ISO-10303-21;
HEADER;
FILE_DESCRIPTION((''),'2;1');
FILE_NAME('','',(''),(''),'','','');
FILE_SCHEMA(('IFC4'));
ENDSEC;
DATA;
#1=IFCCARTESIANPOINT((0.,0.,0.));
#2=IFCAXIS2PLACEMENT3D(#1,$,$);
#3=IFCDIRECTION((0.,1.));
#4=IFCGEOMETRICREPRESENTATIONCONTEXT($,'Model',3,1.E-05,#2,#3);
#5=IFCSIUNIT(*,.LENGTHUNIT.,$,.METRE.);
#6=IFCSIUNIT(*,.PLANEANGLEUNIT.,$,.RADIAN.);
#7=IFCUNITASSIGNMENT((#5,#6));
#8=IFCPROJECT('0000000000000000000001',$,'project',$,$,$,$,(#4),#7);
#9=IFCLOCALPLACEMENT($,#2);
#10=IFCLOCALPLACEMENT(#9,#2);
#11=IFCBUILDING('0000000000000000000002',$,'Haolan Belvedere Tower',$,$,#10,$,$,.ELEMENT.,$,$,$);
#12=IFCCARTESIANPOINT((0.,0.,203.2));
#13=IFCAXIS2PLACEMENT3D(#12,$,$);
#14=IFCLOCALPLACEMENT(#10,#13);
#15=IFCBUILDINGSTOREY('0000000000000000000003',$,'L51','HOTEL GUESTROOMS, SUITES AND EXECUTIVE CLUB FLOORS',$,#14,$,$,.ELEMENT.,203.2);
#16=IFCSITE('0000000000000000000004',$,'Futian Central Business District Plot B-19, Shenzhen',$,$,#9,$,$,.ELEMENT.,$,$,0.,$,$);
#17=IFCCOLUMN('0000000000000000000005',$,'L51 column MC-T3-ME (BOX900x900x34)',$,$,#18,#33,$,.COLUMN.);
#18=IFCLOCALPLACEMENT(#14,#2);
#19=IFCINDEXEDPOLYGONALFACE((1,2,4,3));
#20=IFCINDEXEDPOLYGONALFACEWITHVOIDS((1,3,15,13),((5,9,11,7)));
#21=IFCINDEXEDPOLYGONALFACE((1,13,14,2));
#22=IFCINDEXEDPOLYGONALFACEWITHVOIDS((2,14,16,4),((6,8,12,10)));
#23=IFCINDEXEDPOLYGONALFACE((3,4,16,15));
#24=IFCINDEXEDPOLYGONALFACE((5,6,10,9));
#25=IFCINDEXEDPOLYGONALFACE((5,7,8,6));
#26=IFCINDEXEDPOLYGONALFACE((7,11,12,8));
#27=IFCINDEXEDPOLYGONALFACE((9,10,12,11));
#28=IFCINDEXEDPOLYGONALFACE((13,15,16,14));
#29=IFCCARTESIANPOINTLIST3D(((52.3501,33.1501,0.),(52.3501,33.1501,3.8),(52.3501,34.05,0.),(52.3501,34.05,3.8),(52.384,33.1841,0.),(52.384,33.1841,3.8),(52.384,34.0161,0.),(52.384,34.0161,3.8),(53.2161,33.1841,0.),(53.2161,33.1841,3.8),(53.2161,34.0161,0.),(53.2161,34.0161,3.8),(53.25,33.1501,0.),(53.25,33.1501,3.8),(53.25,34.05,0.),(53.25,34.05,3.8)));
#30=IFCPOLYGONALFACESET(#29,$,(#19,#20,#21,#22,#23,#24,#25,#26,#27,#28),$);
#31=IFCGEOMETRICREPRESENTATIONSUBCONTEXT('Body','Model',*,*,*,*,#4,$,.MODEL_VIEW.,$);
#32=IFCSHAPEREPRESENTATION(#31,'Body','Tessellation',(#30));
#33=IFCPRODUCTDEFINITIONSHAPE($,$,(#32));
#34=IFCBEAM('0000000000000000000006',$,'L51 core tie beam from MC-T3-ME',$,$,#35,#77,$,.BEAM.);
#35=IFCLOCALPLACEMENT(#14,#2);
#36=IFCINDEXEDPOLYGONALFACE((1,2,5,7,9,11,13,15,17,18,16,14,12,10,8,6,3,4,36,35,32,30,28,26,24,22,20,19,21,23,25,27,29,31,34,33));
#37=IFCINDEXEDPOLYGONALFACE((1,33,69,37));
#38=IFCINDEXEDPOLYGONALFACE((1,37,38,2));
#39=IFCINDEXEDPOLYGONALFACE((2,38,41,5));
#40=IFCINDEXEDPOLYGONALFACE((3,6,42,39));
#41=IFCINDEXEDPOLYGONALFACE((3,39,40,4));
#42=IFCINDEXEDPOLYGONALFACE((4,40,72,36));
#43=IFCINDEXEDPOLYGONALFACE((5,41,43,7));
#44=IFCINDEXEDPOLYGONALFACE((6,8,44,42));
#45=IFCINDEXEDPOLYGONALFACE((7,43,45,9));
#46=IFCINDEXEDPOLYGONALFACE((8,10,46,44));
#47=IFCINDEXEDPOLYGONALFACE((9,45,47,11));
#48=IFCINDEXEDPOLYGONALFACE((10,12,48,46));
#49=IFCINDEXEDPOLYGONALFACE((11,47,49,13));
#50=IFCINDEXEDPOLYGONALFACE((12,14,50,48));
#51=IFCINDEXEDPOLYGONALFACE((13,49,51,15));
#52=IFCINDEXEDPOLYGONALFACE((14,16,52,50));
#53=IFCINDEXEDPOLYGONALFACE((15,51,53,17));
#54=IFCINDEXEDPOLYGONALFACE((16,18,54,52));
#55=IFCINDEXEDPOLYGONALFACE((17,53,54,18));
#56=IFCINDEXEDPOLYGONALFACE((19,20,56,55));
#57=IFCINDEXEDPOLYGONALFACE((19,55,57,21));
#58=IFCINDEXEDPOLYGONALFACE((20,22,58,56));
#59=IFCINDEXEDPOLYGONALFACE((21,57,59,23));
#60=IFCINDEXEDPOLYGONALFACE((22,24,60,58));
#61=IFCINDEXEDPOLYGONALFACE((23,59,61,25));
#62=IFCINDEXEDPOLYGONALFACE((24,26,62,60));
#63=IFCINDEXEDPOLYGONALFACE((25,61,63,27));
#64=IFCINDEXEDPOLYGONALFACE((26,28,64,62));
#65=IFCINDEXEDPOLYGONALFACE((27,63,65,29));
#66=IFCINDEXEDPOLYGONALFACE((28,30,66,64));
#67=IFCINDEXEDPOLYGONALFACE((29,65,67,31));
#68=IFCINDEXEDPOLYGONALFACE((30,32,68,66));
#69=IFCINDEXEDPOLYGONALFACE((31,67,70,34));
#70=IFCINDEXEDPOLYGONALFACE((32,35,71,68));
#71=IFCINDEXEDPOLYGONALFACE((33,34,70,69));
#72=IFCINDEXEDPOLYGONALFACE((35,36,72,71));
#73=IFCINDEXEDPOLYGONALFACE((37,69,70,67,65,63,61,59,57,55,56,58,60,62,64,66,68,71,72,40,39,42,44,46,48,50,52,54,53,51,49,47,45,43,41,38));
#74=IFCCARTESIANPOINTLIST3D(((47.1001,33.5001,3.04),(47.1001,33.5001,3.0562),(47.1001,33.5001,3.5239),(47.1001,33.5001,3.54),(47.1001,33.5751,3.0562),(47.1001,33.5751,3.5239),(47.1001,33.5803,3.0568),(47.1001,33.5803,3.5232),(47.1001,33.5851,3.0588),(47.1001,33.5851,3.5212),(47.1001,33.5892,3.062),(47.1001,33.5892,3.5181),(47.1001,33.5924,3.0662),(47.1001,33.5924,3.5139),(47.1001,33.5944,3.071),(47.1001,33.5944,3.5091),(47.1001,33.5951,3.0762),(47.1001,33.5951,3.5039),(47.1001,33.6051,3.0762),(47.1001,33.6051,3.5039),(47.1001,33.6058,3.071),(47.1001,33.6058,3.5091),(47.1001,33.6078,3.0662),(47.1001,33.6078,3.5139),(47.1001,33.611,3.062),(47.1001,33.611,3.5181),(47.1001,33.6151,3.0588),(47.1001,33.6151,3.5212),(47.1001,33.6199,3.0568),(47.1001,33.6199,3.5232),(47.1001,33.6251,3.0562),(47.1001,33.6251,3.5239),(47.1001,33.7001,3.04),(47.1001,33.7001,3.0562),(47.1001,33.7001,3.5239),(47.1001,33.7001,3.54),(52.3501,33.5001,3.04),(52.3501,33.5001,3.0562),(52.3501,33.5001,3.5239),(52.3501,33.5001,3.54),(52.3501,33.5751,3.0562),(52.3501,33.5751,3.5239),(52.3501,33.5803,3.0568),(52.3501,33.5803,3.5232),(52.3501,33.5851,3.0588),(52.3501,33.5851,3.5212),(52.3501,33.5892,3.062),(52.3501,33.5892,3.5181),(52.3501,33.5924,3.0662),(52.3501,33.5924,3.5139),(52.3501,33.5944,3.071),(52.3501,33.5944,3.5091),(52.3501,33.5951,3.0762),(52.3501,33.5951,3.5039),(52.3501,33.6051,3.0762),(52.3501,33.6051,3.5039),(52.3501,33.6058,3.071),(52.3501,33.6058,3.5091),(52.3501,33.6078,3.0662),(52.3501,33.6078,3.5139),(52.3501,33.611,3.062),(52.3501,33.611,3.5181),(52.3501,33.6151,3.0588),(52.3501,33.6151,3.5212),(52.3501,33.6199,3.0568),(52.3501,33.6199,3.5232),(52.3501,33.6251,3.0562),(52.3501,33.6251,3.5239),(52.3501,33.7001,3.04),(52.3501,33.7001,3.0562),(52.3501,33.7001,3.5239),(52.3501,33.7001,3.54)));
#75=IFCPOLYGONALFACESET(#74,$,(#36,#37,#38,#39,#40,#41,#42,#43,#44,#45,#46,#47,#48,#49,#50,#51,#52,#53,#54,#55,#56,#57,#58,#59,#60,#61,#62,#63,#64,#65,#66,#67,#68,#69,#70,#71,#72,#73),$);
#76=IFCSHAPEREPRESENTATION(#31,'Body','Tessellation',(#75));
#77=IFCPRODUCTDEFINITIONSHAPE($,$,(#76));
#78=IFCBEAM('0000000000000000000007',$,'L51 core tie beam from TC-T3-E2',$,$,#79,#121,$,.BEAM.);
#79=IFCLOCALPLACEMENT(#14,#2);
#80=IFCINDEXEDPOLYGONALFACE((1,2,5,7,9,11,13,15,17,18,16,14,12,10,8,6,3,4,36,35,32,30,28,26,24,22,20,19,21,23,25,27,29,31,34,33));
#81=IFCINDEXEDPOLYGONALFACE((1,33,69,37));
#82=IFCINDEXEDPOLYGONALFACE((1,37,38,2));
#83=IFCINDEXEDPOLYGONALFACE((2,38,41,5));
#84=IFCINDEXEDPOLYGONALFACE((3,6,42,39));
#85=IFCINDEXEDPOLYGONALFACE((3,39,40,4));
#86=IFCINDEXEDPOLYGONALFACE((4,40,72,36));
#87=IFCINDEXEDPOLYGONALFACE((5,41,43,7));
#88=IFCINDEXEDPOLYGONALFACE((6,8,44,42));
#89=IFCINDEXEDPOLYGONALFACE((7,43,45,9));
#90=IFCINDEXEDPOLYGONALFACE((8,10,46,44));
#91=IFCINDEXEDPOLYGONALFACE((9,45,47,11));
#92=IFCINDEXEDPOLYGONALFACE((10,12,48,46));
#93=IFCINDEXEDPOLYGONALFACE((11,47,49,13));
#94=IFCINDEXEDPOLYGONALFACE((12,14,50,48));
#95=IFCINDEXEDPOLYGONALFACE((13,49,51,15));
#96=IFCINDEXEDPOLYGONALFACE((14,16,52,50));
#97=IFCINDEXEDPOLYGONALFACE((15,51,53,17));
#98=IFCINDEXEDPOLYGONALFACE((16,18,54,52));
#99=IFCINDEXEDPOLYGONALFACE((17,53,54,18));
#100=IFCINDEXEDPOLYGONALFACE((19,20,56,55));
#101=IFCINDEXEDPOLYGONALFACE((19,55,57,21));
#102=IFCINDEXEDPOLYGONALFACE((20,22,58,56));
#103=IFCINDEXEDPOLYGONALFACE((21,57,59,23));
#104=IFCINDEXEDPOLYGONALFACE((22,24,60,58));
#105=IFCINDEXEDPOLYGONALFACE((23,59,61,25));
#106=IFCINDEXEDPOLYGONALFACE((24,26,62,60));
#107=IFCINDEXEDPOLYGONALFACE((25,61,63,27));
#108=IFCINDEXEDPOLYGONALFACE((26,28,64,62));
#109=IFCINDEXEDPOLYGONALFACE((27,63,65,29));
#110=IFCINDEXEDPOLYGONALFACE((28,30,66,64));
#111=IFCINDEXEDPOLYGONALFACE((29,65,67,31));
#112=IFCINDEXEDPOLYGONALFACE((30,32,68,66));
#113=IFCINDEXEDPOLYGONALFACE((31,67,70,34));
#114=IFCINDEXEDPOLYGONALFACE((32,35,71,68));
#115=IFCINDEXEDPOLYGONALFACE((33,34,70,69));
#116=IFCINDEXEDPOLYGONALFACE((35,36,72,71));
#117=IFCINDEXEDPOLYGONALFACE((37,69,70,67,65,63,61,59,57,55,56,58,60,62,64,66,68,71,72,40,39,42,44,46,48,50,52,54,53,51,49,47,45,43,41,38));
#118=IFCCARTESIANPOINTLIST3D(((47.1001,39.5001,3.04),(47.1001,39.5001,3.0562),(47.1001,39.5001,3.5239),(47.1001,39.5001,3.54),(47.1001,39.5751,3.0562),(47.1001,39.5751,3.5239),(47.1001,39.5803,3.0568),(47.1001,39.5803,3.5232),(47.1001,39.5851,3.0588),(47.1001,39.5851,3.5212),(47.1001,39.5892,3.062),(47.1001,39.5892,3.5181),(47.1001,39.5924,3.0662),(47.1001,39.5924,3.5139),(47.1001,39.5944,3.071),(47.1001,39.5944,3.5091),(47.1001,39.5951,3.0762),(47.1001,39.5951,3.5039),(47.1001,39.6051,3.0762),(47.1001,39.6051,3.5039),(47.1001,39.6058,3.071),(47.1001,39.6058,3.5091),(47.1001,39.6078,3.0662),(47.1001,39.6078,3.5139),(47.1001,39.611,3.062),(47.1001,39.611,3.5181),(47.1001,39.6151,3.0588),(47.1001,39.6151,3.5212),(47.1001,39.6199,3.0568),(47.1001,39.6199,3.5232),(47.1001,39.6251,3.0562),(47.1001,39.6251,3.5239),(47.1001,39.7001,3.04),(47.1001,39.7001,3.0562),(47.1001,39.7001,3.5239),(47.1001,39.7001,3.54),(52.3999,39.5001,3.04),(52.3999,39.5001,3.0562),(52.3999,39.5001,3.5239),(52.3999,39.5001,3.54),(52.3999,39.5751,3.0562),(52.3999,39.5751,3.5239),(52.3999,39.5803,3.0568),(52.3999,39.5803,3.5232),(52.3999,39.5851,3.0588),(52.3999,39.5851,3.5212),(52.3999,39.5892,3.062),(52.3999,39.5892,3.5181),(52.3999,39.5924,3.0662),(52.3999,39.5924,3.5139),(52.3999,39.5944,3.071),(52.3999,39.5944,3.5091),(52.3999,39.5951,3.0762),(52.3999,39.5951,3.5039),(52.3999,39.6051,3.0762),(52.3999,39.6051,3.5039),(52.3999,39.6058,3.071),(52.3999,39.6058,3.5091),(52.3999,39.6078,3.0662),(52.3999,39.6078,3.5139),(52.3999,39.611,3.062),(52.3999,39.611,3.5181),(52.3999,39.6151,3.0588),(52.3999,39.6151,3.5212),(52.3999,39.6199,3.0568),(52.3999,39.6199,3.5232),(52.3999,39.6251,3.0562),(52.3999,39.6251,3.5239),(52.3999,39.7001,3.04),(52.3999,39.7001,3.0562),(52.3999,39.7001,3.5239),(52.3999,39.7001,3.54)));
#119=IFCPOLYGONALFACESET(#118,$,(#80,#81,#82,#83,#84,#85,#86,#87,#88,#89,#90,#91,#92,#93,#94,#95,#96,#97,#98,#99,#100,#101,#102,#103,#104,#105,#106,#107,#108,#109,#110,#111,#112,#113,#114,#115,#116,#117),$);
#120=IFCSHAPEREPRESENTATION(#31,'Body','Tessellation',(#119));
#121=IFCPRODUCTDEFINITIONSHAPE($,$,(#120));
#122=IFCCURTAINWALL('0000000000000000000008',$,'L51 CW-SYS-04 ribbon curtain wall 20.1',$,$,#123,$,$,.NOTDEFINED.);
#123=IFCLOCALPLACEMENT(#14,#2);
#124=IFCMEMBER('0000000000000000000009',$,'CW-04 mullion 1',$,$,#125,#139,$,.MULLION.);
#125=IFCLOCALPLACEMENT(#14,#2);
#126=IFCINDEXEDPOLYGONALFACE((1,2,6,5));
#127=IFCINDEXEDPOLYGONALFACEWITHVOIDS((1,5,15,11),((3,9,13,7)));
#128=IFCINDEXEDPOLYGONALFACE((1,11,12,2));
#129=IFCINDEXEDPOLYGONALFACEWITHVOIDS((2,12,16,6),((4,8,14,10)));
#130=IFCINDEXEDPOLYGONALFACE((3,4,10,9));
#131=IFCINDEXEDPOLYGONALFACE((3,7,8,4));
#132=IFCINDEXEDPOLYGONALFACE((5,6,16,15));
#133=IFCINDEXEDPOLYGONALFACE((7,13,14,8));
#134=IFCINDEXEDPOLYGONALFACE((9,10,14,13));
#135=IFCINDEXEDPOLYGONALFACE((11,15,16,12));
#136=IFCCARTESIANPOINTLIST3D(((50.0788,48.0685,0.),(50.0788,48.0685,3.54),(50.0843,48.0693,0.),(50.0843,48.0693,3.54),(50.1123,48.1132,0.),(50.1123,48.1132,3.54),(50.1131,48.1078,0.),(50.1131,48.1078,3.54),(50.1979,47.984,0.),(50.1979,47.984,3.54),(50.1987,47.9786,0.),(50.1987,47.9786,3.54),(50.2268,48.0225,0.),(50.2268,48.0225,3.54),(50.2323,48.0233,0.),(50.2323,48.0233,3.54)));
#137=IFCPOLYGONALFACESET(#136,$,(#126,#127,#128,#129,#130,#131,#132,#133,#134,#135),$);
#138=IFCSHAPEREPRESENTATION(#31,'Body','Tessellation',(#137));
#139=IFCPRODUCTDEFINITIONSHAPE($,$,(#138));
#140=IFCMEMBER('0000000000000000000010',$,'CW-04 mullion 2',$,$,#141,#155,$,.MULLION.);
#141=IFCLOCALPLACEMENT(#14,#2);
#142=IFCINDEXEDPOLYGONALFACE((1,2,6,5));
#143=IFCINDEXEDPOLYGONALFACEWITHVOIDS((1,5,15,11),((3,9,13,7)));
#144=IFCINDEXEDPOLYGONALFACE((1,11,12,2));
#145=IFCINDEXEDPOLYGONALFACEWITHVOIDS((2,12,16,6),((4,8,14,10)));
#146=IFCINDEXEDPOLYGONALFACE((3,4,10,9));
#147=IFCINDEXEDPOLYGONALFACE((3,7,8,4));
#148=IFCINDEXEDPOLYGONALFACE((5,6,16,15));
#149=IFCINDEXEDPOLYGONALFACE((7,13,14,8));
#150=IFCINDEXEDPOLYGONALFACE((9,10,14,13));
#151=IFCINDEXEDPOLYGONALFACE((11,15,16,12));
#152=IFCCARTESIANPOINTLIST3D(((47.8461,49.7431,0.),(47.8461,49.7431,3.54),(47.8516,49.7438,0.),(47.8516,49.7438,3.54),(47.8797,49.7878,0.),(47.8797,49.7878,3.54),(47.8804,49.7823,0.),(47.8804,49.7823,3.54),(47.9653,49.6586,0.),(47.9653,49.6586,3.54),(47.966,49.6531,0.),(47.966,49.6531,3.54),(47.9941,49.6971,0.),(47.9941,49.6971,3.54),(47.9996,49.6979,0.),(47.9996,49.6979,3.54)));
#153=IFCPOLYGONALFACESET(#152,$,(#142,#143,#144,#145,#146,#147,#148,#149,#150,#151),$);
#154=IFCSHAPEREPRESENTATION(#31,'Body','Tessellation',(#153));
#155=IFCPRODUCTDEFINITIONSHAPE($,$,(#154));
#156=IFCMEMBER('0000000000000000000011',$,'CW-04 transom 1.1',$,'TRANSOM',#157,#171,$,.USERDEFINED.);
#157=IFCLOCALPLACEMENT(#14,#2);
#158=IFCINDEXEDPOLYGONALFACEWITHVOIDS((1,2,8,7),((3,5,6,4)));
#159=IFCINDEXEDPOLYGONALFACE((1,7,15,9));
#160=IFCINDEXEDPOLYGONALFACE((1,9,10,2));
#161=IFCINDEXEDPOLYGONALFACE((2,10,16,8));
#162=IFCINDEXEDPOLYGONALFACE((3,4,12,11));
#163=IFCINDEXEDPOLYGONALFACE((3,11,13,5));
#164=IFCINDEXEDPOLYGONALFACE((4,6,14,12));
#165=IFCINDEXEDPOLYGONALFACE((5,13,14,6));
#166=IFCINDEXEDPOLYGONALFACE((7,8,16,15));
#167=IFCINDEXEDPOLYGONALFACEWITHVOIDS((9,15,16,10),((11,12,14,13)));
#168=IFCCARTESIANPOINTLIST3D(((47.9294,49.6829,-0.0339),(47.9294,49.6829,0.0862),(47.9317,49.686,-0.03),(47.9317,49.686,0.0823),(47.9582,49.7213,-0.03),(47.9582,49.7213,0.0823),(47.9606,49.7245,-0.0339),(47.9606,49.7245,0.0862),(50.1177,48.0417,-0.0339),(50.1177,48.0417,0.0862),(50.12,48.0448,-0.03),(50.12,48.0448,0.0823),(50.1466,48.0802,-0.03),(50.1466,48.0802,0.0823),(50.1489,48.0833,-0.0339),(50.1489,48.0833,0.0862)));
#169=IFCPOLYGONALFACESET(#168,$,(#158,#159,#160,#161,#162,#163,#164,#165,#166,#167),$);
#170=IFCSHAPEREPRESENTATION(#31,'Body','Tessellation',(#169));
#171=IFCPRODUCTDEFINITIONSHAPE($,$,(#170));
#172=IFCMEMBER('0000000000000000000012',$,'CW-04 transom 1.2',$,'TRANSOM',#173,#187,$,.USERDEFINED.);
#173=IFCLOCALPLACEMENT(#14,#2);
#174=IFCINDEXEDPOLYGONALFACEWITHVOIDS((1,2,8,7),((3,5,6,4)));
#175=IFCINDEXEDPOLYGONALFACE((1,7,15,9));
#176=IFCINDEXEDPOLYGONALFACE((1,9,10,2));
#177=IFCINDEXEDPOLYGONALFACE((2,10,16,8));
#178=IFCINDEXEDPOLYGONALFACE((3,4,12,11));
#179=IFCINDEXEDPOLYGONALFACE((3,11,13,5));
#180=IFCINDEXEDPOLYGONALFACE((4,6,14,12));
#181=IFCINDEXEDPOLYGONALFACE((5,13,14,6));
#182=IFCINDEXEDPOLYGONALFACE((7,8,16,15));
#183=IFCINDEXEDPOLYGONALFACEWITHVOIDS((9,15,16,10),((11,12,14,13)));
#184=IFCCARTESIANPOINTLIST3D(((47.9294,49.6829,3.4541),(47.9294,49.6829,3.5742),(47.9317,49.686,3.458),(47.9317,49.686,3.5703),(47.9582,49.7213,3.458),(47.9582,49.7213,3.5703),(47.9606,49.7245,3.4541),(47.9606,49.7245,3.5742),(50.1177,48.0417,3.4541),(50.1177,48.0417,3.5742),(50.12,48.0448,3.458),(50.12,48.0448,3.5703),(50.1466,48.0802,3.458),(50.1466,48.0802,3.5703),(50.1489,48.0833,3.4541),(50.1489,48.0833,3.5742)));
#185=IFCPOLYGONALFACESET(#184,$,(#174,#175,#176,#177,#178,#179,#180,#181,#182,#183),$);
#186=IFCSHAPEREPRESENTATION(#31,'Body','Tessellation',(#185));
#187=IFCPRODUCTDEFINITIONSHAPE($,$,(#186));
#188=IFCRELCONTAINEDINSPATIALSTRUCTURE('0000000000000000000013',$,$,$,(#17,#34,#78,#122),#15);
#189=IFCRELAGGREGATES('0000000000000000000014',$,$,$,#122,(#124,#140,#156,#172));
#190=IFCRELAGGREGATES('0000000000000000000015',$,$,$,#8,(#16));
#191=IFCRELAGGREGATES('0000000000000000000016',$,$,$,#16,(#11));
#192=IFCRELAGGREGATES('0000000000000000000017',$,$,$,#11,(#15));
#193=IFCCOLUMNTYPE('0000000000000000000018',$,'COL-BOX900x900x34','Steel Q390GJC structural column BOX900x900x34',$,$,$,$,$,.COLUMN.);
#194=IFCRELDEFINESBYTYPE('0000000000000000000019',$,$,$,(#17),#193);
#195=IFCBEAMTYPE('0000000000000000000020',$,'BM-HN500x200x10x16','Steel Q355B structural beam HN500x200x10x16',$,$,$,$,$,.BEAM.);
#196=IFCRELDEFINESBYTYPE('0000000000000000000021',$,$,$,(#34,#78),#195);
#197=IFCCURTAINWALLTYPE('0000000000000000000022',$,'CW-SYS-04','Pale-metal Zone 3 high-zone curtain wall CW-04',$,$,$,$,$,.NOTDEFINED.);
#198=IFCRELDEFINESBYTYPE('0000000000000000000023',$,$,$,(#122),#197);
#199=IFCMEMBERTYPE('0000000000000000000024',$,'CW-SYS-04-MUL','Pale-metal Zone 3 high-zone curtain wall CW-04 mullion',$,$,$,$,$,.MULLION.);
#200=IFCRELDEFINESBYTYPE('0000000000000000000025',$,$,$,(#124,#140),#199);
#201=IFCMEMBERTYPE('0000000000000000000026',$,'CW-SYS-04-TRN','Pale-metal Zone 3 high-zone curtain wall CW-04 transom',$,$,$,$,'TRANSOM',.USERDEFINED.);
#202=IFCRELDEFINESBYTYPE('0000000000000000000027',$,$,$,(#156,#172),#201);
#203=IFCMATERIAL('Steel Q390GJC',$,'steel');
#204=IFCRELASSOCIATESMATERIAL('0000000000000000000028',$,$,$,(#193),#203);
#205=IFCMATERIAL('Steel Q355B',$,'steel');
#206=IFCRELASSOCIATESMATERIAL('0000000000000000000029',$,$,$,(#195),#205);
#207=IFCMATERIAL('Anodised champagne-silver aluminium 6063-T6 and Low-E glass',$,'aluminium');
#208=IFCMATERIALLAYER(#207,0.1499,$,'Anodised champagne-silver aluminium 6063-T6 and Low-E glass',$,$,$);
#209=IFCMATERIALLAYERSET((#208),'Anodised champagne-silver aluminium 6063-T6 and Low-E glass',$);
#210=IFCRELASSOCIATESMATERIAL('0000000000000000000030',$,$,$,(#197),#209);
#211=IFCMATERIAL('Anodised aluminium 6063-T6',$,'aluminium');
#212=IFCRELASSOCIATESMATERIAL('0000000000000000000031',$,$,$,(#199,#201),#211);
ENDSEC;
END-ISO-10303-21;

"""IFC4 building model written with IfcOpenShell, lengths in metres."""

from ifc_helpers import new_model, si_unit, direction, frame, origin, origin_2d, place, context, subcontext, project, spatial, hollow_rectangle, i_section, extrude, material, layer, layer_set, material_profile, profile_set, type_object, element, aggregate, save


model = new_model("IFC4")

# Units and contexts
model_context = context("Model", 3, precision=1e-05, world=origin(), true_north=direction((0.0, 1.0)))
body_context = subcontext(model_context, "Body", "Model", "MODEL_VIEW")
ifc_project = project(units=[si_unit("LENGTHUNIT", "METRE"), si_unit("PLANEANGLEUNIT", "RADIAN")], contexts=[model_context])

# Site, building, storey
site_placement = place(None, origin())
site = spatial("IfcSite", under=ifc_project, at=site_placement, Name="Futian Central Business District Plot B-19, Shenzhen", CompositionType="ELEMENT", RefElevation=0.0)
building_placement = place(site_placement, origin())
building = spatial("IfcBuilding", under=site, at=building_placement, Name="Haolan Belvedere Tower", CompositionType="ELEMENT")
storey_placement = place(building_placement, frame((0.0, 0.0, 203.2)))
storey = spatial("IfcBuildingStorey", under=building, at=storey_placement, Name="L51", Description="HOTEL GUESTROOMS, SUITES AND EXECUTIVE CLUB FLOORS", CompositionType="ELEMENT", Elevation=203.2)

# Column
ifc_material_1 = material(Name="Steel Q390GJC", Category="steel")
ifc_material_profile_1 = material_profile(ifc_material_1, hollow_rectangle(XDim=0.8999, YDim=0.8999, WallThickness=0.0339, at=origin_2d()), Name="Steel Q390GJC")
ifc_profile_set_1 = profile_set([ifc_material_profile_1], Name="Steel Q390GJC")
column_type = type_object("IfcColumnType", Name="COL-BOX900x900x34", Description="Steel Q390GJC structural column BOX900x900x34", PredefinedType="COLUMN", material=ifc_profile_set_1)
column_placement = place(storey_placement, frame((52.8, 33.6001, 0.0), z_axis=(0.0, 0.0, 1.0), x_axis=(1.0, 0.0, 0.0)))
element("IfcColumn", 1, at=column_placement, inside=storey, type_object=column_type, Name="L51 column MC-T3-ME (BOX900x900x34)", PredefinedType="COLUMN", context=body_context, shape_type="SweptSolid", body=[
    extrude(hollow_rectangle(XDim=0.8999, YDim=0.8999, WallThickness=0.0339, at=origin_2d()), origin(), (0.0, 0.0, 1.0), 3.8),
])

# Beams
ifc_material_2 = material(Name="Steel Q355B", Category="steel")
ifc_material_profile_2 = material_profile(ifc_material_2, i_section(OverallWidth=0.2, OverallDepth=0.5, WebThickness=0.01, FlangeThickness=0.0161, FilletRadius=0.02, at=origin_2d()), Name="Steel Q355B")
ifc_profile_set_2 = profile_set([ifc_material_profile_2], Name="Steel Q355B")
beam_type = type_object("IfcBeamType", Name="BM-HN500x200x10x16", Description="Steel Q355B structural beam HN500x200x10x16", PredefinedType="BEAM", material=ifc_profile_set_2)
beam_1_placement = place(storey_placement, frame((52.3501, 33.6001, 3.29), z_axis=(-1.0, 0.0, 0.0), x_axis=(0.0, -1.0, 0.0)))
element("IfcBeam", 2, at=beam_1_placement, inside=storey, type_object=beam_type, Name="L51 core tie beam from MC-T3-ME", PredefinedType="BEAM", context=body_context, shape_type="SweptSolid", body=[
    extrude(i_section(OverallWidth=0.2, OverallDepth=0.5, WebThickness=0.01, FlangeThickness=0.0161, FilletRadius=0.02, at=origin_2d()), origin(), (0.0, 0.0, 1.0), 5.25),
])
beam_2_placement = place(storey_placement, frame((52.3999, 39.6001, 3.29), z_axis=(-1.0, 0.0, 0.0), x_axis=(0.0, -1.0, 0.0)))
element("IfcBeam", 3, at=beam_2_placement, inside=storey, type_object=beam_type, Name="L51 core tie beam from TC-T3-E2", PredefinedType="BEAM", context=body_context, shape_type="SweptSolid", body=[
    extrude(i_section(OverallWidth=0.2, OverallDepth=0.5, WebThickness=0.01, FlangeThickness=0.0161, FilletRadius=0.02, at=origin_2d()), origin(), (0.0, 0.0, 1.0), 5.2998),
])

# Curtain wall, members
ifc_material_3 = material(Name="Anodised champagne-silver aluminium 6063-T6 and Low-E glass", Category="aluminium")
ifc_layer_1 = layer(ifc_material_3, 0.1499, Name="Anodised champagne-silver aluminium 6063-T6 and Low-E glass")
ifc_layer_set_1 = layer_set([ifc_layer_1], Name="Anodised champagne-silver aluminium 6063-T6 and Low-E glass")
curtain_wall_type = type_object("IfcCurtainWallType", Name="CW-SYS-04", Description="Pale-metal Zone 3 high-zone curtain wall CW-04", PredefinedType="NOTDEFINED", material=ifc_layer_set_1)
curtain_wall_placement = place(storey_placement, origin())
curtain_wall = element("IfcCurtainWall", 4, at=curtain_wall_placement, inside=storey, type_object=curtain_wall_type, Name="L51 CW-SYS-04 ribbon curtain wall 20.1", PredefinedType="NOTDEFINED")
ifc_material_4 = material(Name="Anodised aluminium 6063-T6", Category="aluminium")
ifc_material_profile_3 = material_profile(ifc_material_4, hollow_rectangle(XDim=0.0559, YDim=0.1499, WallThickness=0.0039, at=origin_2d()), Name="Anodised aluminium 6063-T6")
ifc_profile_set_3 = profile_set([ifc_material_profile_3], Name="Anodised aluminium 6063-T6")
member_type_1 = type_object("IfcMemberType", Name="CW-SYS-04-MUL", Description="Pale-metal Zone 3 high-zone curtain wall CW-04 mullion", PredefinedType="MULLION", material=ifc_profile_set_3)
member_1_placement = place(storey_placement, frame((50.1555, 48.0459, 0.0), z_axis=(0.0, 0.0, 1.0), x_axis=(-0.600003, -0.799998, 0.0)))
member_1 = element("IfcMember", 5, at=member_1_placement, type_object=member_type_1, Name="CW-04 mullion 1", PredefinedType="MULLION", context=body_context, shape_type="SweptSolid", body=[
    extrude(hollow_rectangle(XDim=0.0559, YDim=0.1499, WallThickness=0.0039, at=origin_2d()), origin(), (0.0, 0.0, 1.0), 3.54),
])
member_2_placement = place(storey_placement, frame((47.9229, 49.7205, 0.0), z_axis=(0.0, 0.0, 1.0), x_axis=(-0.600003, -0.799998, 0.0)))
member_2 = element("IfcMember", 6, at=member_2_placement, type_object=member_type_1, Name="CW-04 mullion 2", PredefinedType="MULLION", context=body_context, shape_type="SweptSolid", body=[
    extrude(hollow_rectangle(XDim=0.0559, YDim=0.1499, WallThickness=0.0039, at=origin_2d()), origin(), (0.0, 0.0, 1.0), 3.54),
])
ifc_material_profile_4 = material_profile(ifc_material_4, hollow_rectangle(XDim=0.052, YDim=0.1201, WallThickness=0.0039, at=origin_2d()), Name="Anodised aluminium 6063-T6")
ifc_profile_set_4 = profile_set([ifc_material_profile_4], Name="Anodised aluminium 6063-T6")
member_type_2 = type_object("IfcMemberType", Name="CW-SYS-04-TRN", Description="Pale-metal Zone 3 high-zone curtain wall CW-04 transom", ElementType="TRANSOM", PredefinedType="USERDEFINED", material=ifc_profile_set_4)
member_3_placement = place(storey_placement, frame((50.1333, 48.0625, 0.0261), z_axis=(-0.800011, 0.599986, 0.0), x_axis=(-0.599986, -0.800011, 0.0)))
member_3 = element("IfcMember", 7, at=member_3_placement, type_object=member_type_2, Name="CW-04 transom 1.1", ObjectType="TRANSOM", PredefinedType="USERDEFINED", context=body_context, shape_type="SweptSolid", body=[
    extrude(hollow_rectangle(XDim=0.052, YDim=0.1201, WallThickness=0.0039, at=origin_2d()), origin(), (0.0, 0.0, 1.0), 2.7354),
])
member_4_placement = place(storey_placement, frame((50.1333, 48.0625, 3.5142), z_axis=(-0.800011, 0.599986, 0.0), x_axis=(-0.599986, -0.800011, 0.0)))
member_4 = element("IfcMember", 8, at=member_4_placement, type_object=member_type_2, Name="CW-04 transom 1.2", ObjectType="TRANSOM", PredefinedType="USERDEFINED", context=body_context, shape_type="SweptSolid", body=[
    extrude(hollow_rectangle(XDim=0.052, YDim=0.1201, WallThickness=0.0039, at=origin_2d()), origin(), (0.0, 0.0, 1.0), 2.7354),
])
aggregate(curtain_wall, [member_1, member_2, member_3, member_4])

save(model, "model.ifc")
